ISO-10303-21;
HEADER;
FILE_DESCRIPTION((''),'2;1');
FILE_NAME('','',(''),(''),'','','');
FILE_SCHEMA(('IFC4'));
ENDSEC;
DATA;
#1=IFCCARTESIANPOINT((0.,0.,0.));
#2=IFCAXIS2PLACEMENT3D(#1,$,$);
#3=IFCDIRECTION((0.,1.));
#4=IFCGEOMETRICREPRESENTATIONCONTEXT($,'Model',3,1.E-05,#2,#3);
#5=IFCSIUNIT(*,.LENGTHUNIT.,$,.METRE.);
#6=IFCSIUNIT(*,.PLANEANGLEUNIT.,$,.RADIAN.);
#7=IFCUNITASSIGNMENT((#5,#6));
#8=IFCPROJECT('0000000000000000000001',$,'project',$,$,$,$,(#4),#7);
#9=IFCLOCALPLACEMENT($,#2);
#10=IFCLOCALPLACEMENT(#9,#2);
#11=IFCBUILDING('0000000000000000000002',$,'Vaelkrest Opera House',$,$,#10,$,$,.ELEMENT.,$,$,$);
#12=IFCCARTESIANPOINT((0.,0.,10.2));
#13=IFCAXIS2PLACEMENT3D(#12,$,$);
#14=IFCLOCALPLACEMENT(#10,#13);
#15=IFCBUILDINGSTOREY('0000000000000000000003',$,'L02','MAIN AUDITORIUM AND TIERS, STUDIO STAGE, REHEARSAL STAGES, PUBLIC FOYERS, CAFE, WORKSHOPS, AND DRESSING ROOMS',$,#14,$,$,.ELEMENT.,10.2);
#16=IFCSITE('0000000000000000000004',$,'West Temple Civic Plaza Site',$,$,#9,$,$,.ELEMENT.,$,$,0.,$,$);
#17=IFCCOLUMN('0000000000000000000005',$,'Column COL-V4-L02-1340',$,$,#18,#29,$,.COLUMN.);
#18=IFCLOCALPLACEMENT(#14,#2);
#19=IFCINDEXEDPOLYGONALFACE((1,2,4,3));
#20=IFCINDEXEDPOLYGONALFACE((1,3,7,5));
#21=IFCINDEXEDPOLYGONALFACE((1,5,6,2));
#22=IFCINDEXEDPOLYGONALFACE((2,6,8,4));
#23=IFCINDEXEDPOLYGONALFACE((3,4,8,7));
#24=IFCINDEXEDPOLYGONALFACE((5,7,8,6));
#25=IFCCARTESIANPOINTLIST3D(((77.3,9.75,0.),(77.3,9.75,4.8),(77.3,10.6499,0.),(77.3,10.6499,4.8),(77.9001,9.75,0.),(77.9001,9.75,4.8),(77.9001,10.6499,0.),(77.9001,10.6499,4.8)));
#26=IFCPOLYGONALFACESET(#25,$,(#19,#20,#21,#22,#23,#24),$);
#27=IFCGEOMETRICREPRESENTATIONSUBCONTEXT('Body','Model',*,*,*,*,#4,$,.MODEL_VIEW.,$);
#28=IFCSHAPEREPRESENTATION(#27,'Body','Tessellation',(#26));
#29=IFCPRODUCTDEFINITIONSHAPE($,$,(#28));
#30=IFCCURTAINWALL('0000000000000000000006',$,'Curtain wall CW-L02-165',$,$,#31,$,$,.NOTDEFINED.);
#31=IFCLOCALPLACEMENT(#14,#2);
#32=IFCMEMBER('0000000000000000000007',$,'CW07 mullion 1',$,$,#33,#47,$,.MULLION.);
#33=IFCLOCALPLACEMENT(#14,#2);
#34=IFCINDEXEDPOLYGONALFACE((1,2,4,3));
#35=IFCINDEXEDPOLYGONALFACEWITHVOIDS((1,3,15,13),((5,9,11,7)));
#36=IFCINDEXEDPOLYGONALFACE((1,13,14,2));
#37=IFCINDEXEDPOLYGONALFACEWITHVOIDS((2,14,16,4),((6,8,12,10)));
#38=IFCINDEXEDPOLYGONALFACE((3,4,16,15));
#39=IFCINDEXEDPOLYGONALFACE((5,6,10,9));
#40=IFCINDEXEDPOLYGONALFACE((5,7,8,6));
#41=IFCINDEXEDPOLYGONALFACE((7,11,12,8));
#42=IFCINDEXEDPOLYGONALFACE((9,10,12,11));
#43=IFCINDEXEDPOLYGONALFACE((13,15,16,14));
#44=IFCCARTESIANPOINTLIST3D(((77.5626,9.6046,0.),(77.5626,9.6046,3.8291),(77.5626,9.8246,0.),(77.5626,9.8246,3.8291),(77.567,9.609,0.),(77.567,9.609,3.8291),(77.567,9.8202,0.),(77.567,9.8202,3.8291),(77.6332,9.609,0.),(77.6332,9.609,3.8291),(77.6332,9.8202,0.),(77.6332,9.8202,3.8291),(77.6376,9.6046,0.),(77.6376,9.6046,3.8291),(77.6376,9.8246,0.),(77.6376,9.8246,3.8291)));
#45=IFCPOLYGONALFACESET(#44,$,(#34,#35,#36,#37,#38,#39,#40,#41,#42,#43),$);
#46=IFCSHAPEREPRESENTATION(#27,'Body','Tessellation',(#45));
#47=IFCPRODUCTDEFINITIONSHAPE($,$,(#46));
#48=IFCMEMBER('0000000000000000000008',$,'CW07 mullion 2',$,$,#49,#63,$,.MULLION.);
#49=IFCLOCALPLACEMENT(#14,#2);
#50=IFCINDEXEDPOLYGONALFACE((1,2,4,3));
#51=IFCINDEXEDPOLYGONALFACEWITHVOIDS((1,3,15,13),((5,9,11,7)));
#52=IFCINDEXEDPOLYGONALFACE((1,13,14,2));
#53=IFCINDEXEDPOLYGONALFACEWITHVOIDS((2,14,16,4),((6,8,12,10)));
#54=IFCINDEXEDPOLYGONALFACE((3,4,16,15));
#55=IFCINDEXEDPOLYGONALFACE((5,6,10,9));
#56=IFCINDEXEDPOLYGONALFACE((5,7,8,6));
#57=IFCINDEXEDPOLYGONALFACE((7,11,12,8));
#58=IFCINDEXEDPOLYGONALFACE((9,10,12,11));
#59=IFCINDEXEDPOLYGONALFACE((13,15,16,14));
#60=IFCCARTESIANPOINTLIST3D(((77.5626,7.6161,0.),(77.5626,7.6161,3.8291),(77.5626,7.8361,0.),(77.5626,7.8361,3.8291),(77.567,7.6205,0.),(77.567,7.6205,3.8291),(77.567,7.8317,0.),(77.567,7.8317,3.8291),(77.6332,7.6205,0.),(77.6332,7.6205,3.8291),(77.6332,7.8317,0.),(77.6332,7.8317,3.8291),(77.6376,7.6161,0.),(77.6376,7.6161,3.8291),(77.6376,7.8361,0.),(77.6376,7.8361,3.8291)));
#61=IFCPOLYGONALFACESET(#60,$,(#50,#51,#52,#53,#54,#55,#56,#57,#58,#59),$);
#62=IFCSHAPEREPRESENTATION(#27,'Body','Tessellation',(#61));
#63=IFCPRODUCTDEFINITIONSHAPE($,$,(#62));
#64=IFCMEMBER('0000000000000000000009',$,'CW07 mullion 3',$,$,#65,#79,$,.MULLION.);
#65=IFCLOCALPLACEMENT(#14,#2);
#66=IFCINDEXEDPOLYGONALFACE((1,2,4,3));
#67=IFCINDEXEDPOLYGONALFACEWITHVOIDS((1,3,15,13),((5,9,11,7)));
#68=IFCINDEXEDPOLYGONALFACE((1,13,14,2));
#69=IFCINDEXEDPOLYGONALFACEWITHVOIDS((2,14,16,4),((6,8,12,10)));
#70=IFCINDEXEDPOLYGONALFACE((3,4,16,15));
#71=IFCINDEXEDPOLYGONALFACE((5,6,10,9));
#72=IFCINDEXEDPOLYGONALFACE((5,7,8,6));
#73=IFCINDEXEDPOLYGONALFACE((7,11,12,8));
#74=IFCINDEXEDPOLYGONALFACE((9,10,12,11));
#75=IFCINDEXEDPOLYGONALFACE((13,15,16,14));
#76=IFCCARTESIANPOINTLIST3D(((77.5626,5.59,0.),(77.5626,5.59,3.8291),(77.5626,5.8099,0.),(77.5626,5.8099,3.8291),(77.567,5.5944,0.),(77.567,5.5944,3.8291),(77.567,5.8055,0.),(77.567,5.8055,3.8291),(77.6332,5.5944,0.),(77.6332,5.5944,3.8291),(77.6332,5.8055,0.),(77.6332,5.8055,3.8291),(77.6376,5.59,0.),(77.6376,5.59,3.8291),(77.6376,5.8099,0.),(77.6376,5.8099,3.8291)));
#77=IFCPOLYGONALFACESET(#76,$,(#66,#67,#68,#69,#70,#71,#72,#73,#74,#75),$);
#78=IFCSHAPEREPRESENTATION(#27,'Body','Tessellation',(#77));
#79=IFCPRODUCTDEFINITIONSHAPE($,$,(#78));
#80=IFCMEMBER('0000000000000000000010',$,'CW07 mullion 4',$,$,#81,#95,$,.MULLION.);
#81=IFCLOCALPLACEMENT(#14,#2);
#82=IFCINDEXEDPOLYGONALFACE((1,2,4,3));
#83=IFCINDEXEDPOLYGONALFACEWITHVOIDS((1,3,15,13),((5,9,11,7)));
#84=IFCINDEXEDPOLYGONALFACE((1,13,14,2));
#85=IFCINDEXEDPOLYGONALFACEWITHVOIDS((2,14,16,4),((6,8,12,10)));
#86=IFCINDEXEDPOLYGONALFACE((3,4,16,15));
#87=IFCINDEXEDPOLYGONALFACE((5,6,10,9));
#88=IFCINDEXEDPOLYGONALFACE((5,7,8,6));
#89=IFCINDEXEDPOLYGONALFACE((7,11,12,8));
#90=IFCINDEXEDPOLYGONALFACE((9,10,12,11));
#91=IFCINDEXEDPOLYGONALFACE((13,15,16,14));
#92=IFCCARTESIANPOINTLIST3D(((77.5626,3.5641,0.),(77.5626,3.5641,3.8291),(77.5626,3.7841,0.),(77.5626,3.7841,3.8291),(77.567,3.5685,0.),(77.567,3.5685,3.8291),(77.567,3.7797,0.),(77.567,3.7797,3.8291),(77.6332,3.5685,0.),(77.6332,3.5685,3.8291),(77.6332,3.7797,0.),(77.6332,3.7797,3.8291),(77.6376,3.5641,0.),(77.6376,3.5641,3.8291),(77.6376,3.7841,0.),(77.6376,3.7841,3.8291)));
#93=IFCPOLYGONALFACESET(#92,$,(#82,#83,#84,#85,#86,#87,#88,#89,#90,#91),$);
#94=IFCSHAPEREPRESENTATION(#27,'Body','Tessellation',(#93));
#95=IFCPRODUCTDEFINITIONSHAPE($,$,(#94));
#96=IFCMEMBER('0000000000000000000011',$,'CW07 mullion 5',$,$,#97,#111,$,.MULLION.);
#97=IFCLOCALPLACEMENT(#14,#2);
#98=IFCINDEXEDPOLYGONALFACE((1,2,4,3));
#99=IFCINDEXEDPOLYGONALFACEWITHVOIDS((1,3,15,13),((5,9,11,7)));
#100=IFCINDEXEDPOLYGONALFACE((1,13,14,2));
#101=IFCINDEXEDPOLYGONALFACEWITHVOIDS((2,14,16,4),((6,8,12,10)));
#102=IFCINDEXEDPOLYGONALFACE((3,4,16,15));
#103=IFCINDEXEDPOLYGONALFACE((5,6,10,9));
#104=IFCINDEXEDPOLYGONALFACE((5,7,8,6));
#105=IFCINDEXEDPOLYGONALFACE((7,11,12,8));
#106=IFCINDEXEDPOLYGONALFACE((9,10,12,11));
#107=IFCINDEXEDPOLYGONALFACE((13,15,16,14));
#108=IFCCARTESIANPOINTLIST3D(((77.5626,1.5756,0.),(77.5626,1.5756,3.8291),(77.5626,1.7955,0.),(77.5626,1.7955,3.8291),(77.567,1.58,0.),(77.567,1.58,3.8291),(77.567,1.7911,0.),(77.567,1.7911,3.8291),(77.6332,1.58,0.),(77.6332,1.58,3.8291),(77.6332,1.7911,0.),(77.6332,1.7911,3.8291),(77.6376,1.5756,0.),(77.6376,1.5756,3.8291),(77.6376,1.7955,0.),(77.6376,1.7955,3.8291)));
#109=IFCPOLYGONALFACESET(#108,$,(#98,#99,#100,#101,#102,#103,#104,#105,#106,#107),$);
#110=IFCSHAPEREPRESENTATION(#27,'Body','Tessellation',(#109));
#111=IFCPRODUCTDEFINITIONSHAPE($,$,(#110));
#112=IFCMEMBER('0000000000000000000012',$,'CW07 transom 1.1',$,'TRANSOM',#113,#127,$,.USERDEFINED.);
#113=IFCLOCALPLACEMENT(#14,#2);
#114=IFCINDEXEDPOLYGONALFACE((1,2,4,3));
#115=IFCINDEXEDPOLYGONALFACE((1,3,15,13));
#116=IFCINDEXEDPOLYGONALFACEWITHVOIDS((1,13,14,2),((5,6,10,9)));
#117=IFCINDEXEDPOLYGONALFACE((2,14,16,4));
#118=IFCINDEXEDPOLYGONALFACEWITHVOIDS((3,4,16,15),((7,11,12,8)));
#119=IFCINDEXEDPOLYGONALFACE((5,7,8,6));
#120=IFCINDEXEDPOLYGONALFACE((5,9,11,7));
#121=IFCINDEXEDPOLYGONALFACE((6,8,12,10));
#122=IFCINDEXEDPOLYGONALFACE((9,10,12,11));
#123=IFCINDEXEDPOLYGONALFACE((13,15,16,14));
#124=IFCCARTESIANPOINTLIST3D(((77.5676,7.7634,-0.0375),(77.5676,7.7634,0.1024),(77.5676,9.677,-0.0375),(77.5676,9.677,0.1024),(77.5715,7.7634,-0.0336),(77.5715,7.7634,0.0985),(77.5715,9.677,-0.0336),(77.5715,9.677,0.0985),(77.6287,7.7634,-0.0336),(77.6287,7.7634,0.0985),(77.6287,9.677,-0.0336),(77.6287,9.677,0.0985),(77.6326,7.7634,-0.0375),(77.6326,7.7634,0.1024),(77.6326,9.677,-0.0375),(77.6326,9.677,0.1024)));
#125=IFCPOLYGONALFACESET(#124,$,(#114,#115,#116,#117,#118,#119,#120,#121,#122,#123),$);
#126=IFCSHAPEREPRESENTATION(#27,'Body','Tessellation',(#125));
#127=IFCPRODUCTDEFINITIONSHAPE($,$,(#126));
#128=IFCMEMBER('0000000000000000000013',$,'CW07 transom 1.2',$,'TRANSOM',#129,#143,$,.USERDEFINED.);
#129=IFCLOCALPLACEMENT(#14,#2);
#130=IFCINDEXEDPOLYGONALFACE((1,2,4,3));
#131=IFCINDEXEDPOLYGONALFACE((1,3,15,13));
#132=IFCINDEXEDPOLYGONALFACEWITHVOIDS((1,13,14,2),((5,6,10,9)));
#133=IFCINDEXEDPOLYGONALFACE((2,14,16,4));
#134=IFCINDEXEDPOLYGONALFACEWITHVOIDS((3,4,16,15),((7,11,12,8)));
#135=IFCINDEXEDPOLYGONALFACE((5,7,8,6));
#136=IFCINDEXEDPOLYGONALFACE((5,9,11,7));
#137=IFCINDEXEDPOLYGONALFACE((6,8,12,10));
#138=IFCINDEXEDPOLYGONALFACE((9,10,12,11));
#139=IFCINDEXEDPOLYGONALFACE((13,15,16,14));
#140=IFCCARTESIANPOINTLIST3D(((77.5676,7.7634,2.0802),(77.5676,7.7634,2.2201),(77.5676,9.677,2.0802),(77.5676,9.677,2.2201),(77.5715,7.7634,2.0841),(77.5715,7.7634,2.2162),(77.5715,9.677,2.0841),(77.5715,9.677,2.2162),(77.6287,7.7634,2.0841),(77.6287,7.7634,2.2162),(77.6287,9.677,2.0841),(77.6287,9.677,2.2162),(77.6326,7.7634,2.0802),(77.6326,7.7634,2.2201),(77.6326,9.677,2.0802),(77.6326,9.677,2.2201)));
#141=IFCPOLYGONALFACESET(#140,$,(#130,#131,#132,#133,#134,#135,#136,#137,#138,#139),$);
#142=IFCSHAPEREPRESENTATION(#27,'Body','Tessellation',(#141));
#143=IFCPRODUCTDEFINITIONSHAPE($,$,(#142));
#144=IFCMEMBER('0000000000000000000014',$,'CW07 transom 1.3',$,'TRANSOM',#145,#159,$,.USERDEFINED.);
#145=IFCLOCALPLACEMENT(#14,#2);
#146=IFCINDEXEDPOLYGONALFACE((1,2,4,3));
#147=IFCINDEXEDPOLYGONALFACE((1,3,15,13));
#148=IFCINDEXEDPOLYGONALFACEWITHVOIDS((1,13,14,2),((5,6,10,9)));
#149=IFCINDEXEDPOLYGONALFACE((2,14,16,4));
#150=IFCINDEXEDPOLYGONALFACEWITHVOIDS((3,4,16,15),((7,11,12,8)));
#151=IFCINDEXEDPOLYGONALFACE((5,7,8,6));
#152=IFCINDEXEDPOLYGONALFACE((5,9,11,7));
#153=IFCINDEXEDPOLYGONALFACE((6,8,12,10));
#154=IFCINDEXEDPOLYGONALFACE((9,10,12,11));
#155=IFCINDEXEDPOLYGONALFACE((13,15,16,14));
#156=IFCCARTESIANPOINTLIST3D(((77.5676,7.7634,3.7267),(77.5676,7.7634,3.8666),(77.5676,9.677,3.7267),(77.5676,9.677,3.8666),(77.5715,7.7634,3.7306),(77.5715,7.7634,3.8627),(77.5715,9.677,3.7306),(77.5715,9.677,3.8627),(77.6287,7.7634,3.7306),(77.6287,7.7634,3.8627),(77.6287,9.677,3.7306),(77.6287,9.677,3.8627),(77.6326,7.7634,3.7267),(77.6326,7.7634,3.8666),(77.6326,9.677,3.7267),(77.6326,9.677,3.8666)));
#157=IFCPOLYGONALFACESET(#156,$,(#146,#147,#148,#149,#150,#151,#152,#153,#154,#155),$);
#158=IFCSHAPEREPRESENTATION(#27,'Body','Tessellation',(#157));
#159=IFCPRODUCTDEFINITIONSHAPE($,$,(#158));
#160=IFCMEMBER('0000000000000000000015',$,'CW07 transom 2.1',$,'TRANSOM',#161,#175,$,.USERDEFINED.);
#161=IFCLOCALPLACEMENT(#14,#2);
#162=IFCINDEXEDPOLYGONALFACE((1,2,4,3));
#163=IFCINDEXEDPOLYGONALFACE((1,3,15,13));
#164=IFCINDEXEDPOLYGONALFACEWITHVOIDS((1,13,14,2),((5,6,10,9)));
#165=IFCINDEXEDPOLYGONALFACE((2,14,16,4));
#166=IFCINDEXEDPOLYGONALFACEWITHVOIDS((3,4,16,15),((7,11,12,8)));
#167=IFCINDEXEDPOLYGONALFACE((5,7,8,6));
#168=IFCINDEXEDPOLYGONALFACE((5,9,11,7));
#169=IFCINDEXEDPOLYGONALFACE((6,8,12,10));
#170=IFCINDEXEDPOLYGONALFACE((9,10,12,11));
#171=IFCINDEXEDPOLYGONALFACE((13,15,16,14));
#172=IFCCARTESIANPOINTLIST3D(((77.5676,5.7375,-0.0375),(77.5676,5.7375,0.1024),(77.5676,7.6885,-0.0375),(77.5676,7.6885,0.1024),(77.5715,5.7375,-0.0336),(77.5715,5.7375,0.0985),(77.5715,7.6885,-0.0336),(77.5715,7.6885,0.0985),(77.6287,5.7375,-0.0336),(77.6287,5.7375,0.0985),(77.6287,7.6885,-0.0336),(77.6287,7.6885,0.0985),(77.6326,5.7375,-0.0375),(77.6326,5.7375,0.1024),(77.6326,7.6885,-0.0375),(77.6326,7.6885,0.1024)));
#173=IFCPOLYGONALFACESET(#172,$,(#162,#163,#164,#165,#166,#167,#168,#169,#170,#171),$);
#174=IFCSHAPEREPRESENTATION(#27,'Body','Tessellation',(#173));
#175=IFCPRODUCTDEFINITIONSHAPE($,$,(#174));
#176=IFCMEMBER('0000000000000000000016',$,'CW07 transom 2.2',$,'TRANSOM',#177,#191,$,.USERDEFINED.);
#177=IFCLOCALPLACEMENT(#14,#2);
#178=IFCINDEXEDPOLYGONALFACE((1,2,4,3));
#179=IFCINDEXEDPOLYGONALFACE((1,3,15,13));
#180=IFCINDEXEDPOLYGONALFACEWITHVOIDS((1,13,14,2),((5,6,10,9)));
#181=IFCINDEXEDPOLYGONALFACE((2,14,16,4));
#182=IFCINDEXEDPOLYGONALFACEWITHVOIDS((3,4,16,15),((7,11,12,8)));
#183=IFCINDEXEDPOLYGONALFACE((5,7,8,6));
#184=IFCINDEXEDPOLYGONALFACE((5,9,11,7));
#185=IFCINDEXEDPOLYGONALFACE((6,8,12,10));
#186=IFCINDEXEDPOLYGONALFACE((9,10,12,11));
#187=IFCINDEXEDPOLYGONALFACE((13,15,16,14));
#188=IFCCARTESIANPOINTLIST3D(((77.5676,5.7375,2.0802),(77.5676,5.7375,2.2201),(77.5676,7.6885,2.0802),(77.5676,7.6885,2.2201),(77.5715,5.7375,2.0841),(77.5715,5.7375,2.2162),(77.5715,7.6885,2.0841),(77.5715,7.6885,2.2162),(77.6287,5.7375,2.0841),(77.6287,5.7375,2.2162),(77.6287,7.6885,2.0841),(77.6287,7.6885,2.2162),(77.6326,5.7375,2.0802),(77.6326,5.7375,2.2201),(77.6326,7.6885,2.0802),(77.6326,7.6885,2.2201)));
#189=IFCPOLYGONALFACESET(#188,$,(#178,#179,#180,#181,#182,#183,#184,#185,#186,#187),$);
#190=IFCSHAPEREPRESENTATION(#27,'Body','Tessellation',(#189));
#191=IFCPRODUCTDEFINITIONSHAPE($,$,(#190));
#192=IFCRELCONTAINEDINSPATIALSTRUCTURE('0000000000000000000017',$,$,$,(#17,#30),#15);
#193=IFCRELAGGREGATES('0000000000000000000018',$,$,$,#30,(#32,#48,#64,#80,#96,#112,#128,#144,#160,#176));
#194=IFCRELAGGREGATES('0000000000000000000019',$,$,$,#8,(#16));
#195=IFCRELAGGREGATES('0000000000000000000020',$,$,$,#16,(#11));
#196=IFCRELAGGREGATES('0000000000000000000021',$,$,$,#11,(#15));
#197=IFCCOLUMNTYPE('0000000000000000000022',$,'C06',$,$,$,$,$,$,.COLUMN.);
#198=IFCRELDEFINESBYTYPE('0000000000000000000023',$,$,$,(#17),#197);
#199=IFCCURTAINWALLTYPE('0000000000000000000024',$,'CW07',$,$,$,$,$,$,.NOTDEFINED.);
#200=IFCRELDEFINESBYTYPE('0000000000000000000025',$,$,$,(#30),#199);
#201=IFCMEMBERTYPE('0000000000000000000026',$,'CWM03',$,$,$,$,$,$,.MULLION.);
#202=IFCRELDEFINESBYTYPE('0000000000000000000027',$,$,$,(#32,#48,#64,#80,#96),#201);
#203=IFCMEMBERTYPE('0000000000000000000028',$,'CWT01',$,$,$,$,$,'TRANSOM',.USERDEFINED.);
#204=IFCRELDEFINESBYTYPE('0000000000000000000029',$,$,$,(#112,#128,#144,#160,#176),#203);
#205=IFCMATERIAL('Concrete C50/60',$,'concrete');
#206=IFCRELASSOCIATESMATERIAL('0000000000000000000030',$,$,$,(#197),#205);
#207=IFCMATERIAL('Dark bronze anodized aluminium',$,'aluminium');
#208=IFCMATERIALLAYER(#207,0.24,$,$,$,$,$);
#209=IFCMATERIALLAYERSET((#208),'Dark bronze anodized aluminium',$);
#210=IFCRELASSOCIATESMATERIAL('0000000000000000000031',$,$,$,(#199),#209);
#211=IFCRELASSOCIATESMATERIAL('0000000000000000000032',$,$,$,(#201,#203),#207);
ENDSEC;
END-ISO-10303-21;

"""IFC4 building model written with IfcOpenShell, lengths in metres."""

from ifc_helpers import new_model, si_unit, direction, frame, origin, origin_2d, place, context, subcontext, project, spatial, rectangle, hollow_rectangle, extrude, material, layer, layer_set, material_profile, profile_set, type_object, element, aggregate, save


model = new_model("IFC4")

# Units and contexts
model_context = context("Model", 3, precision=1e-05, world=origin(), true_north=direction((0.0, 1.0)))
body_context = subcontext(model_context, "Body", "Model", "MODEL_VIEW")
ifc_project = project(units=[si_unit("LENGTHUNIT", "METRE"), si_unit("PLANEANGLEUNIT", "RADIAN")], contexts=[model_context])

# Site, building, storey
site_placement = place(None, origin())
site = spatial("IfcSite", under=ifc_project, at=site_placement, Name="West Temple Civic Plaza Site", CompositionType="ELEMENT", RefElevation=0.0)
building_placement = place(site_placement, origin())
building = spatial("IfcBuilding", under=site, at=building_placement, Name="Vaelkrest Opera House", CompositionType="ELEMENT")
storey_placement = place(building_placement, frame((0.0, 0.0, 10.2)))
storey = spatial("IfcBuildingStorey", under=building, at=storey_placement, Name="L02", Description="MAIN AUDITORIUM AND TIERS, STUDIO STAGE, REHEARSAL STAGES, PUBLIC FOYERS, CAFE, WORKSHOPS, AND DRESSING ROOMS", CompositionType="ELEMENT", Elevation=10.2)

# Column
ifc_material_1 = material(Name="Concrete C50/60", Category="concrete")
ifc_material_profile_1 = material_profile(ifc_material_1, rectangle(XDim=0.6001, YDim=0.8999, at=origin_2d()), Name="RC600X900")
ifc_profile_set_1 = profile_set([ifc_material_profile_1], Name="Concrete C50/60")
column_type = type_object("IfcColumnType", Name="C06", PredefinedType="COLUMN", material=ifc_profile_set_1)
column_placement = place(storey_placement, frame((77.6001, 10.2, 0.0), z_axis=(0.0, 0.0, 1.0), x_axis=(1.0, 0.0, 0.0)))
element("IfcColumn", 1, at=column_placement, inside=storey, type_object=column_type, Name="Column COL-V4-L02-1340", PredefinedType="COLUMN", context=body_context, shape_type="SweptSolid", body=[
    extrude(rectangle(XDim=0.6001, YDim=0.8999, at=origin_2d()), origin(), (0.0, 0.0, 1.0), 4.8),
])

# Curtain wall, members
ifc_material_2 = material(Name="Dark bronze anodized aluminium", Category="aluminium")
ifc_layer_1 = layer(ifc_material_2, 0.24)
ifc_layer_set_1 = layer_set([ifc_layer_1], Name="Dark bronze anodized aluminium")
curtain_wall_type = type_object("IfcCurtainWallType", Name="CW07", PredefinedType="NOTDEFINED", material=ifc_layer_set_1)
curtain_wall_placement = place(storey_placement, origin())
curtain_wall = element("IfcCurtainWall", 2, at=curtain_wall_placement, inside=storey, type_object=curtain_wall_type, Name="Curtain wall CW-L02-165", PredefinedType="NOTDEFINED")
ifc_material_profile_2 = material_profile(ifc_material_2, hollow_rectangle(XDim=0.075, YDim=0.22, WallThickness=0.0044, at=origin_2d()), Name="CWM75X220")
ifc_profile_set_2 = profile_set([ifc_material_profile_2], Name="Dark bronze anodized aluminium")
member_type_1 = type_object("IfcMemberType", Name="CWM03", PredefinedType="MULLION", material=ifc_profile_set_2)
member_1_placement = place(storey_placement, frame((77.6001, 9.7146, 0.0), z_axis=(0.0, 0.0, 1.0), x_axis=(1.0, 0.0, 0.0)))
member_1 = element("IfcMember", 3, at=member_1_placement, type_object=member_type_1, Name="CW07 mullion 1", PredefinedType="MULLION", context=body_context, shape_type="SweptSolid", body=[
    extrude(hollow_rectangle(XDim=0.075, YDim=0.22, WallThickness=0.0044, at=origin_2d()), origin(), (0.0, 0.0, 1.0), 3.8291),
])
member_2_placement = place(storey_placement, frame((77.6001, 7.7261, 0.0), z_axis=(0.0, 0.0, 1.0), x_axis=(1.0, 0.0, 0.0)))
member_2 = element("IfcMember", 4, at=member_2_placement, type_object=member_type_1, Name="CW07 mullion 2", PredefinedType="MULLION", context=body_context, shape_type="SweptSolid", body=[
    extrude(hollow_rectangle(XDim=0.075, YDim=0.22, WallThickness=0.0044, at=origin_2d()), origin(), (0.0, 0.0, 1.0), 3.8291),
])
member_3_placement = place(storey_placement, frame((77.6001, 5.7, 0.0), z_axis=(0.0, 0.0, 1.0), x_axis=(1.0, 0.0, 0.0)))
member_3 = element("IfcMember", 5, at=member_3_placement, type_object=member_type_1, Name="CW07 mullion 3", PredefinedType="MULLION", context=body_context, shape_type="SweptSolid", body=[
    extrude(hollow_rectangle(XDim=0.075, YDim=0.22, WallThickness=0.0044, at=origin_2d()), origin(), (0.0, 0.0, 1.0), 3.8291),
])
member_4_placement = place(storey_placement, frame((77.6001, 3.6741, 0.0), z_axis=(0.0, 0.0, 1.0), x_axis=(1.0, 0.0, 0.0)))
member_4 = element("IfcMember", 6, at=member_4_placement, type_object=member_type_1, Name="CW07 mullion 4", PredefinedType="MULLION", context=body_context, shape_type="SweptSolid", body=[
    extrude(hollow_rectangle(XDim=0.075, YDim=0.22, WallThickness=0.0044, at=origin_2d()), origin(), (0.0, 0.0, 1.0), 3.8291),
])
member_5_placement = place(storey_placement, frame((77.6001, 1.6855, 0.0), z_axis=(0.0, 0.0, 1.0), x_axis=(1.0, 0.0, 0.0)))
member_5 = element("IfcMember", 7, at=member_5_placement, type_object=member_type_1, Name="CW07 mullion 5", PredefinedType="MULLION", context=body_context, shape_type="SweptSolid", body=[
    extrude(hollow_rectangle(XDim=0.075, YDim=0.22, WallThickness=0.0044, at=origin_2d()), origin(), (0.0, 0.0, 1.0), 3.8291),
])
ifc_material_profile_3 = material_profile(ifc_material_2, hollow_rectangle(XDim=0.0649, YDim=0.1399, WallThickness=0.0039, at=origin_2d()), Name="CWT65X140")
ifc_profile_set_3 = profile_set([ifc_material_profile_3], Name="Dark bronze anodized aluminium")
member_type_2 = type_object("IfcMemberType", Name="CWT01", ElementType="TRANSOM", PredefinedType="USERDEFINED", material=ifc_profile_set_3)
member_6_placement = place(storey_placement, frame((77.6001, 9.677, 0.0325), z_axis=(0.0, -1.0, 0.0), x_axis=(1.0, 0.0, 0.0)))
member_6 = element("IfcMember", 8, at=member_6_placement, type_object=member_type_2, Name="CW07 transom 1.1", ObjectType="TRANSOM", PredefinedType="USERDEFINED", context=body_context, shape_type="SweptSolid", body=[
    extrude(hollow_rectangle(XDim=0.0649, YDim=0.1399, WallThickness=0.0039, at=origin_2d()), origin(), (0.0, 0.0, 1.0), 1.9136),
])
member_7_placement = place(storey_placement, frame((77.6001, 9.677, 2.1501), z_axis=(0.0, -1.0, 0.0), x_axis=(1.0, 0.0, 0.0)))
member_7 = element("IfcMember", 9, at=member_7_placement, type_object=member_type_2, Name="CW07 transom 1.2", ObjectType="TRANSOM", PredefinedType="USERDEFINED", context=body_context, shape_type="SweptSolid", body=[
    extrude(hollow_rectangle(XDim=0.0649, YDim=0.1399, WallThickness=0.0039, at=origin_2d()), origin(), (0.0, 0.0, 1.0), 1.9136),
])
member_8_placement = place(storey_placement, frame((77.6001, 9.677, 3.7966), z_axis=(0.0, -1.0, 0.0), x_axis=(1.0, 0.0, 0.0)))
member_8 = element("IfcMember", 10, at=member_8_placement, type_object=member_type_2, Name="CW07 transom 1.3", ObjectType="TRANSOM", PredefinedType="USERDEFINED", context=body_context, shape_type="SweptSolid", body=[
    extrude(hollow_rectangle(XDim=0.0649, YDim=0.1399, WallThickness=0.0039, at=origin_2d()), origin(), (0.0, 0.0, 1.0), 1.9136),
])
member_9_placement = place(storey_placement, frame((77.6001, 7.6885, 0.0325), z_axis=(0.0, -1.0, 0.0), x_axis=(1.0, 0.0, 0.0)))
member_9 = element("IfcMember", 11, at=member_9_placement, type_object=member_type_2, Name="CW07 transom 2.1", ObjectType="TRANSOM", PredefinedType="USERDEFINED", context=body_context, shape_type="SweptSolid", body=[
    extrude(hollow_rectangle(XDim=0.0649, YDim=0.1399, WallThickness=0.0039, at=origin_2d()), origin(), (0.0, 0.0, 1.0), 1.9509),
])
member_10_placement = place(storey_placement, frame((77.6001, 7.6885, 2.1501), z_axis=(0.0, -1.0, 0.0), x_axis=(1.0, 0.0, 0.0)))
member_10 = element("IfcMember", 12, at=member_10_placement, type_object=member_type_2, Name="CW07 transom 2.2", ObjectType="TRANSOM", PredefinedType="USERDEFINED", context=body_context, shape_type="SweptSolid", body=[
    extrude(hollow_rectangle(XDim=0.0649, YDim=0.1399, WallThickness=0.0039, at=origin_2d()), origin(), (0.0, 0.0, 1.0), 1.9509),
])

aggregate(curtain_wall, [member_1, member_2, member_3, member_4, member_5, member_6, member_7, member_8, member_9, member_10])

save(model, "model.ifc")
